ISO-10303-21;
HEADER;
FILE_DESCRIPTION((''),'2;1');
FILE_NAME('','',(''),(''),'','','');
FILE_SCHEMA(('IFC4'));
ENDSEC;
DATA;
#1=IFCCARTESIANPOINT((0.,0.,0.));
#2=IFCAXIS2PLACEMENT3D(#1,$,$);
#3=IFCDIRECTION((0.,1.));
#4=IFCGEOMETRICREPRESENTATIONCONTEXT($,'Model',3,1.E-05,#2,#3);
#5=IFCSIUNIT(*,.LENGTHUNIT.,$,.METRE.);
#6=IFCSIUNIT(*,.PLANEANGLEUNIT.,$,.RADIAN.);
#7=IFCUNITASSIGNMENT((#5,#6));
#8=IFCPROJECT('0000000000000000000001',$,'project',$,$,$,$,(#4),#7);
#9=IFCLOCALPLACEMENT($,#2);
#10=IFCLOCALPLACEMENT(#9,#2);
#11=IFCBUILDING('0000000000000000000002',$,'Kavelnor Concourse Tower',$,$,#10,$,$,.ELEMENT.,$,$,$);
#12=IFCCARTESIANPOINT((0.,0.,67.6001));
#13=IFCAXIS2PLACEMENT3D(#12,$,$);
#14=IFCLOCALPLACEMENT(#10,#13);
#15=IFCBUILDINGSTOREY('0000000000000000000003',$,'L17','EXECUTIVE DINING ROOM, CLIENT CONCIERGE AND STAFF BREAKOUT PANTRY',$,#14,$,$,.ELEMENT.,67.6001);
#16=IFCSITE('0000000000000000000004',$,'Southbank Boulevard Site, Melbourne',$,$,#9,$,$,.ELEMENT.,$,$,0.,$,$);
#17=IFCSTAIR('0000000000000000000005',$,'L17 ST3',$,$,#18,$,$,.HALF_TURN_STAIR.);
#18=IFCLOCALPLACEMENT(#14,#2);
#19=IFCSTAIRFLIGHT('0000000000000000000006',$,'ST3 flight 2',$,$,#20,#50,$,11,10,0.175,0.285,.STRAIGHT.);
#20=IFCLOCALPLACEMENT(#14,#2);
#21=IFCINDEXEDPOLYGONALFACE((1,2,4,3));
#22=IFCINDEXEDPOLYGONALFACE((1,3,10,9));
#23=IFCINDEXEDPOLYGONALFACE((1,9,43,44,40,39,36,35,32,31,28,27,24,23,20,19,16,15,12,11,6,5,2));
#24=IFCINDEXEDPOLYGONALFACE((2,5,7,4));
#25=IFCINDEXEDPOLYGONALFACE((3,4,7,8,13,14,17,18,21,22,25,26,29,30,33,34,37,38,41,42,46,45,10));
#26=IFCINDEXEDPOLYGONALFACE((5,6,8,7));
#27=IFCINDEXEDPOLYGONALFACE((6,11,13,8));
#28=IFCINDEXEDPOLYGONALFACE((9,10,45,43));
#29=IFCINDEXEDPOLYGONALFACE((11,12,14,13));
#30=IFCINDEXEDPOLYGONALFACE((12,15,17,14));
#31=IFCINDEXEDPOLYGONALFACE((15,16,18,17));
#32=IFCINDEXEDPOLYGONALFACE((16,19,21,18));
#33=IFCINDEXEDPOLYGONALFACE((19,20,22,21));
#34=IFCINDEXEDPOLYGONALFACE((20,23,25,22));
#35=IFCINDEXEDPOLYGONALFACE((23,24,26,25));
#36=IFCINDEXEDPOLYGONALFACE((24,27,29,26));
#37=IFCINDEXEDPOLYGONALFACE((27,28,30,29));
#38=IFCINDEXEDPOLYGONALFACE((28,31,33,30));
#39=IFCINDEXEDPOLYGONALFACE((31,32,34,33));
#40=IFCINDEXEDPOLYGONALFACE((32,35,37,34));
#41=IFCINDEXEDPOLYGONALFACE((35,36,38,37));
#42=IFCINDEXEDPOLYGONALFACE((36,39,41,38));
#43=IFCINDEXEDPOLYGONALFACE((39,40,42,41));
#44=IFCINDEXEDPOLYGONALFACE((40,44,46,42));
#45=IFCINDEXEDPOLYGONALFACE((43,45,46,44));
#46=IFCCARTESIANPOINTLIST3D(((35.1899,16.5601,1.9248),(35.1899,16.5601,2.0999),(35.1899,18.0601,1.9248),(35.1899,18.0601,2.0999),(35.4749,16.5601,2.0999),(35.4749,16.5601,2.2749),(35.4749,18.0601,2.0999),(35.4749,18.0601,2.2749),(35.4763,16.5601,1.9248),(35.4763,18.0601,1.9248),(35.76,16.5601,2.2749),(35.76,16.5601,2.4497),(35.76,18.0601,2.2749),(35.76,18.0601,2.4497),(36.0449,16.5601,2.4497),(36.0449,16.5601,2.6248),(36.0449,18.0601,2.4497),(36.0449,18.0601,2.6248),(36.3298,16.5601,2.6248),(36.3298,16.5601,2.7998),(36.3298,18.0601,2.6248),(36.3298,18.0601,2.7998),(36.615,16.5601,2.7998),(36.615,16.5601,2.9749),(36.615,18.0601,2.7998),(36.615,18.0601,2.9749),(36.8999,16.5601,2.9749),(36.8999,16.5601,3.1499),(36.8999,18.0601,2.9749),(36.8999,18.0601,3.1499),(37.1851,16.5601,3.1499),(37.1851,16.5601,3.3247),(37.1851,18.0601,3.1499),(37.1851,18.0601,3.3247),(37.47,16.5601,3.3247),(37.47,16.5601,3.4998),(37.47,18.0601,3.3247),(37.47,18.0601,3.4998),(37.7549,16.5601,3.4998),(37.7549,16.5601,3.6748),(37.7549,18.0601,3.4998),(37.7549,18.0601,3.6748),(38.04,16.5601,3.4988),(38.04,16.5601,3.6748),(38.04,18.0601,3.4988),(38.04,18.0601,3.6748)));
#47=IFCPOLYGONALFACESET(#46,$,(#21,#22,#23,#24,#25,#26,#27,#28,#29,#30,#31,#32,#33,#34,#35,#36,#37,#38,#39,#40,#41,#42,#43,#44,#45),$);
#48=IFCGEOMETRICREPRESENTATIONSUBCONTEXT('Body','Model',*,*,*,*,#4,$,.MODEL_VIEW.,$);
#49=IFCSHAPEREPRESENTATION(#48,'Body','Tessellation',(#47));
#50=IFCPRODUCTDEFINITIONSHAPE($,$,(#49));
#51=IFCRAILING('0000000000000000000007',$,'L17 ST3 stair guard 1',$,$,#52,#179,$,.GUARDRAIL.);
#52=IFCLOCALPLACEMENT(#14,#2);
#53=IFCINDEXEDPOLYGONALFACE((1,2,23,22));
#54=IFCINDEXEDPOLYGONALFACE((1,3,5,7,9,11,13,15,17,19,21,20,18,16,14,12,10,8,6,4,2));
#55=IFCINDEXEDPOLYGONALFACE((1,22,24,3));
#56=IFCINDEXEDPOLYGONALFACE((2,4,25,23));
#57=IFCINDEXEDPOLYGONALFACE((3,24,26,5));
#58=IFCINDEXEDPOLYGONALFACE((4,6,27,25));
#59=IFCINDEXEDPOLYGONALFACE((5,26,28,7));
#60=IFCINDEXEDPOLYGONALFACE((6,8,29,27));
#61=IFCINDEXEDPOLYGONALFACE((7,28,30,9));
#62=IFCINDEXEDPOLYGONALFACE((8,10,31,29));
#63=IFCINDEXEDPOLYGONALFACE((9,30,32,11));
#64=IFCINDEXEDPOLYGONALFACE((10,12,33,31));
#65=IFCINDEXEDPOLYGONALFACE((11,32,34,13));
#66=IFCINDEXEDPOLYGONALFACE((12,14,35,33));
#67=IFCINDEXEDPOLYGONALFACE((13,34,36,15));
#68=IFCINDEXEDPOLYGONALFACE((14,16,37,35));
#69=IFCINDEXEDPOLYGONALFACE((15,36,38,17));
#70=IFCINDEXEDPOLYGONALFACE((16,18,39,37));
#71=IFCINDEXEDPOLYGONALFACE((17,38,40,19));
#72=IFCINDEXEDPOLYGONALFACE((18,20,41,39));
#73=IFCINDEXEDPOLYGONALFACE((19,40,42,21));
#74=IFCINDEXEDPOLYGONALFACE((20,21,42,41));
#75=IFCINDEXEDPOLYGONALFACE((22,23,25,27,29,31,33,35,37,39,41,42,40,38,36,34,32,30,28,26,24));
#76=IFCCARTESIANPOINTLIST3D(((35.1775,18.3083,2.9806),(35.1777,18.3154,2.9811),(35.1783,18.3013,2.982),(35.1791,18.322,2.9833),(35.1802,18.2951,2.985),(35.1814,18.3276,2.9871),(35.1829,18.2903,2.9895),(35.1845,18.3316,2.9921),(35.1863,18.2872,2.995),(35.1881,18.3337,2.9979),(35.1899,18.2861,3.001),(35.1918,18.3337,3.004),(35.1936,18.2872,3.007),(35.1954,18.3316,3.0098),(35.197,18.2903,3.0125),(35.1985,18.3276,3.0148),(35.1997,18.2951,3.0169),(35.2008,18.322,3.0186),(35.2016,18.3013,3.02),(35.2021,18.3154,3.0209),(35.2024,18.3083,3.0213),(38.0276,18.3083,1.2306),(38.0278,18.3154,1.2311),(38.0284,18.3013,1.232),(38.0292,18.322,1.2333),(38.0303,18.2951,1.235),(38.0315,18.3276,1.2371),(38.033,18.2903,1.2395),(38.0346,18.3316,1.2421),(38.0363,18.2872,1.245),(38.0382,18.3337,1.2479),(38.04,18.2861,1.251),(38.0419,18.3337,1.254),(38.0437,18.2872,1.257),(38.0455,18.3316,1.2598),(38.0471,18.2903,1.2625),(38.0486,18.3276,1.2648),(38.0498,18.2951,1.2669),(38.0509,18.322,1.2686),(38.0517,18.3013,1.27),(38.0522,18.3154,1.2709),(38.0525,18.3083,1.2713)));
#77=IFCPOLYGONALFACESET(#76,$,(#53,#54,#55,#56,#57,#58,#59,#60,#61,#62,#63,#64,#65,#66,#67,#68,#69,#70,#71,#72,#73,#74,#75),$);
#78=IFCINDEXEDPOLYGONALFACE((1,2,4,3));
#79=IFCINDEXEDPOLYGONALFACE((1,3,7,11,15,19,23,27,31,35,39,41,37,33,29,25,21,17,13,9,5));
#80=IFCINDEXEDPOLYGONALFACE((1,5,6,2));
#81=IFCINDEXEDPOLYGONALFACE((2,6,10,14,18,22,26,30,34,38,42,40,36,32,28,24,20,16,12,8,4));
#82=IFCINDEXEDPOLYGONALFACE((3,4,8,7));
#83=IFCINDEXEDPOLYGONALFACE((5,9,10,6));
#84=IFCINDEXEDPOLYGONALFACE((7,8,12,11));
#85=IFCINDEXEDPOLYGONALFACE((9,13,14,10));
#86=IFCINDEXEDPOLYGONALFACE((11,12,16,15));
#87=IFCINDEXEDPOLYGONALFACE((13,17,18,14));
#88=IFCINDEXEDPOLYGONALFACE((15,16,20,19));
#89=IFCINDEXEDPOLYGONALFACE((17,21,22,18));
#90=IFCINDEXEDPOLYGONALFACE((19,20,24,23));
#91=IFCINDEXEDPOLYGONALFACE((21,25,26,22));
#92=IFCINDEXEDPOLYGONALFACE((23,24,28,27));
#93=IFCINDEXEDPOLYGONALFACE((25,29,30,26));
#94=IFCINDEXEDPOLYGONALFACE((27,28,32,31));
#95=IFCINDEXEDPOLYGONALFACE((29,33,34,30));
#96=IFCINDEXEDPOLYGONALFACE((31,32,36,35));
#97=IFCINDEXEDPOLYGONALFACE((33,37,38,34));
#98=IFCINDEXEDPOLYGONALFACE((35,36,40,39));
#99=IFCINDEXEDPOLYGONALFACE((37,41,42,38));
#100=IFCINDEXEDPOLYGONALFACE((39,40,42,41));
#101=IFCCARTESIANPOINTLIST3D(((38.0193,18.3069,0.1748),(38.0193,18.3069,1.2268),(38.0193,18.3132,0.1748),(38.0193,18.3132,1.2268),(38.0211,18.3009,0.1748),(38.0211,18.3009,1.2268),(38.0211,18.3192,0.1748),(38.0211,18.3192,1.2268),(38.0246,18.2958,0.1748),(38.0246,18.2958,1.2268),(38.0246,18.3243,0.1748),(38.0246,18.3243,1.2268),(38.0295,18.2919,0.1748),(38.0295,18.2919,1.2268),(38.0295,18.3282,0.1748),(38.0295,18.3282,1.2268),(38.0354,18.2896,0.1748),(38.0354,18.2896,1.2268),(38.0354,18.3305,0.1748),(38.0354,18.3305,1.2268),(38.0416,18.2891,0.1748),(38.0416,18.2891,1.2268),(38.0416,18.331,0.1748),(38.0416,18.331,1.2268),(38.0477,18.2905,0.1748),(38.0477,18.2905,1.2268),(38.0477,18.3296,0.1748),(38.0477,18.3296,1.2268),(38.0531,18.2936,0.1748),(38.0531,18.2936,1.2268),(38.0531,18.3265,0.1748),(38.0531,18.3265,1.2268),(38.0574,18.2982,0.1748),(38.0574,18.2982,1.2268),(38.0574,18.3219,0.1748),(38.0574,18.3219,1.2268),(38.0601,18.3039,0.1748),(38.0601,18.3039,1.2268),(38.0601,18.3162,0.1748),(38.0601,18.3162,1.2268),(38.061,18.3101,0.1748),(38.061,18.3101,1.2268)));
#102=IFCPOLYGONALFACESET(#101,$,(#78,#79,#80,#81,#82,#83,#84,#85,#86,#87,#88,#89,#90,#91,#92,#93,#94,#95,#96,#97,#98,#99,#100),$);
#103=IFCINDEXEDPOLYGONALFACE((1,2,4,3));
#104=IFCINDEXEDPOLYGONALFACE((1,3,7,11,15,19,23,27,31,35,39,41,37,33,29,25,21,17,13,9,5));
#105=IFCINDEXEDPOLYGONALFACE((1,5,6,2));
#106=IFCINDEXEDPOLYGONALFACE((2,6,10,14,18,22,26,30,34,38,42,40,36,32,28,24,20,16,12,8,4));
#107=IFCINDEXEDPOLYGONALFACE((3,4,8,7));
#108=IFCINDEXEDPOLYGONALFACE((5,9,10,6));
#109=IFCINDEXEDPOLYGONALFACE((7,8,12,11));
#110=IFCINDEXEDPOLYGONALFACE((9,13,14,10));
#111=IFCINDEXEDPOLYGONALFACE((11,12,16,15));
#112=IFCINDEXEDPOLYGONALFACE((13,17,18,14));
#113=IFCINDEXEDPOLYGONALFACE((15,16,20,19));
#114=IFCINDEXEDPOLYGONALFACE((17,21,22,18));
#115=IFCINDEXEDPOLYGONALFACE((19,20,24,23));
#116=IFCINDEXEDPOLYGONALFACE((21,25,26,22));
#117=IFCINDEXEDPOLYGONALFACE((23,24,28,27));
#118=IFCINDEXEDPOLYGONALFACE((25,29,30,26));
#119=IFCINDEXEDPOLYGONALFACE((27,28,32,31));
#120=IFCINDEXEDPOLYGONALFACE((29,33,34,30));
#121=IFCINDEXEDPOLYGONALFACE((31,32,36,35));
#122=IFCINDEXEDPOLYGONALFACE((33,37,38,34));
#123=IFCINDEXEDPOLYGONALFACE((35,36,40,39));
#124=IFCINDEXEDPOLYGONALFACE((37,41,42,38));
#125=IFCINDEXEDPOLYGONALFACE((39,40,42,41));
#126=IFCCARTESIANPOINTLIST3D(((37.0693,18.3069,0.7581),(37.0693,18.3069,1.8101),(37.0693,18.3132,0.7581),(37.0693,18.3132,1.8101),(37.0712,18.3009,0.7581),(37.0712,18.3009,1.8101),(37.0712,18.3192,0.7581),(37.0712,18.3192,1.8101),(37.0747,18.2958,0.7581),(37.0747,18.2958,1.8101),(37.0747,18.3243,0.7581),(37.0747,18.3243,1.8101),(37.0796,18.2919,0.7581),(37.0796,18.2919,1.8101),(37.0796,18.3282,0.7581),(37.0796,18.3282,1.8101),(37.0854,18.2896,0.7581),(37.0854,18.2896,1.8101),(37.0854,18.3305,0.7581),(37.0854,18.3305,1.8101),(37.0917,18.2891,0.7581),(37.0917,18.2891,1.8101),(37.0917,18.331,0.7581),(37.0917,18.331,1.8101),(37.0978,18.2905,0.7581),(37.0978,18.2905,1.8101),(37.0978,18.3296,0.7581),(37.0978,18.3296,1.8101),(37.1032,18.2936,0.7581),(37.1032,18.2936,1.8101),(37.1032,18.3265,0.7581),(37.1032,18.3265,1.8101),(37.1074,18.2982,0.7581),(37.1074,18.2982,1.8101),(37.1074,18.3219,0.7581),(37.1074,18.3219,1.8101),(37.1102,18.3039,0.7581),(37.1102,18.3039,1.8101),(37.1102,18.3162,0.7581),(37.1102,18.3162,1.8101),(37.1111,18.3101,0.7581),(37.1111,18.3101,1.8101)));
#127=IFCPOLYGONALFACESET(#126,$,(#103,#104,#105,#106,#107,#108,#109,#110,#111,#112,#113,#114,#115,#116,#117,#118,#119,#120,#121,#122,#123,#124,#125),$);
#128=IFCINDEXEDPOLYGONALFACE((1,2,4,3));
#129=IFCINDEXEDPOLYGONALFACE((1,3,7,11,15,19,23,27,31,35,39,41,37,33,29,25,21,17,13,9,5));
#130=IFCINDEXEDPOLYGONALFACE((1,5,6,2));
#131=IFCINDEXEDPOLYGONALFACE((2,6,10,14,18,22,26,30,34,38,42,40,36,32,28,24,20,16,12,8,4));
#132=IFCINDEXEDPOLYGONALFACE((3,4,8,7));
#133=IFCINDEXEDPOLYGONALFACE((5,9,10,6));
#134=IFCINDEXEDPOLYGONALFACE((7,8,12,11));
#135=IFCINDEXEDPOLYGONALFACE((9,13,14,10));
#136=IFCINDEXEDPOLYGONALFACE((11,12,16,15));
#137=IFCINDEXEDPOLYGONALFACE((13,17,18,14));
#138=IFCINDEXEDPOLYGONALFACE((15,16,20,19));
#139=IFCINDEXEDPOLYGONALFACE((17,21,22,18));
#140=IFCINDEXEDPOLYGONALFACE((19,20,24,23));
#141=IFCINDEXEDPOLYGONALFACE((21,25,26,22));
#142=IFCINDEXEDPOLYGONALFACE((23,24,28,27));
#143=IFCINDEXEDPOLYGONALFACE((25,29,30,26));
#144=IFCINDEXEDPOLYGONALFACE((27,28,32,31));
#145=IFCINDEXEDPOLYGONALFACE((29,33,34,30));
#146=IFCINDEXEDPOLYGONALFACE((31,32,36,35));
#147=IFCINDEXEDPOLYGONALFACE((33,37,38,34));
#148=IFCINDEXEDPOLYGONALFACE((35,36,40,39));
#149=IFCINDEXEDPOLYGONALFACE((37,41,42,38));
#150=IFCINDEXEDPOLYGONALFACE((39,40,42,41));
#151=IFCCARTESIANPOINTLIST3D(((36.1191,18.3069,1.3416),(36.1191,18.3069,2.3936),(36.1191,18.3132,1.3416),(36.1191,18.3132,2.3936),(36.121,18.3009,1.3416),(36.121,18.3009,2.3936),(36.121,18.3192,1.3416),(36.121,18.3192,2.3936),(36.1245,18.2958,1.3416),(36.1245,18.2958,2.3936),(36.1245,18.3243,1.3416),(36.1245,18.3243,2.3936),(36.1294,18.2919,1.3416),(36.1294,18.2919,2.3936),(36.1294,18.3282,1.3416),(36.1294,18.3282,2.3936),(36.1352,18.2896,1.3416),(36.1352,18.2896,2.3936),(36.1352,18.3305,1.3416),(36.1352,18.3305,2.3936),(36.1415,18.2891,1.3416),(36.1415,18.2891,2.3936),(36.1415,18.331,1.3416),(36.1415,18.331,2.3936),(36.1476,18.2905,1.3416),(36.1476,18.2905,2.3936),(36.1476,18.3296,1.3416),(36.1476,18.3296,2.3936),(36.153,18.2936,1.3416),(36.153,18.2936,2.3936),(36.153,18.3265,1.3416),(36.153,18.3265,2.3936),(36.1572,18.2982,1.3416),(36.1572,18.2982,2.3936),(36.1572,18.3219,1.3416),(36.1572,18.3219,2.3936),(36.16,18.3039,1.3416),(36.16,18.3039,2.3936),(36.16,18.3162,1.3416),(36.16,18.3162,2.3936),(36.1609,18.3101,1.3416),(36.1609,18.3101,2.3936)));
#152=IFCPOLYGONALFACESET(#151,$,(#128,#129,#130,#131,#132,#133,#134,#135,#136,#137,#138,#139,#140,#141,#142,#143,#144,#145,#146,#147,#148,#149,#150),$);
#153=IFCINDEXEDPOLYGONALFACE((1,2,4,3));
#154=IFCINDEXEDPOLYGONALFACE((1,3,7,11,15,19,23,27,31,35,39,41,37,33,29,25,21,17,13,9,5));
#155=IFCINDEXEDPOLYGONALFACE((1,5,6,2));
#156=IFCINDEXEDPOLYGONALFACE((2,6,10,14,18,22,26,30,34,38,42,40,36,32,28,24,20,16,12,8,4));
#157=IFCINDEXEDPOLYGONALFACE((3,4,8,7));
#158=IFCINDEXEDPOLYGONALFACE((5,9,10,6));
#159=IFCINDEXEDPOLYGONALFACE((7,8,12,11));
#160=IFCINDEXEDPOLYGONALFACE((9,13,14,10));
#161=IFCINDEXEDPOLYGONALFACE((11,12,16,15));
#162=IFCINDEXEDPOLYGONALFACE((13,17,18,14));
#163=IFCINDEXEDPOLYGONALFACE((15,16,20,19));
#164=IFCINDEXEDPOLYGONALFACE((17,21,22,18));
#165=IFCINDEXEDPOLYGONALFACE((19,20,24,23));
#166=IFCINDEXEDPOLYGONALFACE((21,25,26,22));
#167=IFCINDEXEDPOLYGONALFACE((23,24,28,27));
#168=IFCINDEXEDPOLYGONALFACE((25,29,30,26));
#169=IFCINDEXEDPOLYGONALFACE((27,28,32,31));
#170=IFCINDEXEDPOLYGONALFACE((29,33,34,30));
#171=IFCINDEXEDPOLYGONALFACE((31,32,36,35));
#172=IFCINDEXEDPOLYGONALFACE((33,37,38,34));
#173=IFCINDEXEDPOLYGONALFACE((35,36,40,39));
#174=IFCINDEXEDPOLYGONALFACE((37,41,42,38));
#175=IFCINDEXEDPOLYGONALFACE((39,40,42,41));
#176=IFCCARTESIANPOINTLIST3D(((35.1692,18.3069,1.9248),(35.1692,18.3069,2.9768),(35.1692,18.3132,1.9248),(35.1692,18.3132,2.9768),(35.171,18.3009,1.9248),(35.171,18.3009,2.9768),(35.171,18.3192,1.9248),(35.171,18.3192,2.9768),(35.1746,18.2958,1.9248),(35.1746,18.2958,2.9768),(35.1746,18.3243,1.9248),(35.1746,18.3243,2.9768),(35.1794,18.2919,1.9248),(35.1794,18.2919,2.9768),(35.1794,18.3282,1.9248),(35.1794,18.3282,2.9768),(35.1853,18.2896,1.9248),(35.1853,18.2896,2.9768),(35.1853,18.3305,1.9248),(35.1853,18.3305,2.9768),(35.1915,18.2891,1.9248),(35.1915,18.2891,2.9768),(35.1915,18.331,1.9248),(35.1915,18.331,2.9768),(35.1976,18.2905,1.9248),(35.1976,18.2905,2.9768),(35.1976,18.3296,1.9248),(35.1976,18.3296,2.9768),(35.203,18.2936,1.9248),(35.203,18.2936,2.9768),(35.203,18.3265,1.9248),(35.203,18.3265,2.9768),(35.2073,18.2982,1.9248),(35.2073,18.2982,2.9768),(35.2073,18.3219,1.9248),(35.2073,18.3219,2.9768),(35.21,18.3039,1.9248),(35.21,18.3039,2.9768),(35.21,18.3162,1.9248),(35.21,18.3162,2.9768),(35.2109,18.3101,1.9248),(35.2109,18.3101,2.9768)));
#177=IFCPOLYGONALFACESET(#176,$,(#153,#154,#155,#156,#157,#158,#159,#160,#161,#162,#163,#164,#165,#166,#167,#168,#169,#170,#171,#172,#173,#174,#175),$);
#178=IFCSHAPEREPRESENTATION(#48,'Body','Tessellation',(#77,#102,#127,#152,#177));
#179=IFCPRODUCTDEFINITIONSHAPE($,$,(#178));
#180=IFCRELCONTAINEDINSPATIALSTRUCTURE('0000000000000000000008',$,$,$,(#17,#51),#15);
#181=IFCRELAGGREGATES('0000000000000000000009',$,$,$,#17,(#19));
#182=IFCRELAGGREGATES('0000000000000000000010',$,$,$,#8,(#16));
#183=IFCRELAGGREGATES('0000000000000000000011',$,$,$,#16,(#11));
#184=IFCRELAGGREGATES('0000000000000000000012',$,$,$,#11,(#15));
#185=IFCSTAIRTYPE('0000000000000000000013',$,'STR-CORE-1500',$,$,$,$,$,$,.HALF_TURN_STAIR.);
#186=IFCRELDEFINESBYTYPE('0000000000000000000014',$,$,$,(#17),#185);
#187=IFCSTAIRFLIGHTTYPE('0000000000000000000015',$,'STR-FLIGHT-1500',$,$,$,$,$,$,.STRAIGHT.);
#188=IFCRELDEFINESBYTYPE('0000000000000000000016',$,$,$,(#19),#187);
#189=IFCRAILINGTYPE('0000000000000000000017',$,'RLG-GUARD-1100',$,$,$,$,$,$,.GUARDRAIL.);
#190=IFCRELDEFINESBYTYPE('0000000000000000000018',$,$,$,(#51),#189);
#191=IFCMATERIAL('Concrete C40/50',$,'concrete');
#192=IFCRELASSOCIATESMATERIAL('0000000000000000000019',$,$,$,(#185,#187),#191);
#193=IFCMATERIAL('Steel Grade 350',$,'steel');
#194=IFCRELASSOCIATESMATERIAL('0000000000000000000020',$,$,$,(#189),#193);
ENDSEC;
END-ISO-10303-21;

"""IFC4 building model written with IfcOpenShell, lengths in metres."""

from ifc_helpers import new_model, si_unit, direction, frame, origin, origin_2d, place, context, subcontext, project, spatial, polyline, circle, outline, extrude, material, type_object, element, aggregate, save


model = new_model("IFC4")

# Units and contexts
model_context = context("Model", 3, precision=1e-05, world=origin(), true_north=direction((0.0, 1.0)))
body_context = subcontext(model_context, "Body", "Model", "MODEL_VIEW")
ifc_project = project(units=[si_unit("LENGTHUNIT", "METRE"), si_unit("PLANEANGLEUNIT", "RADIAN")], contexts=[model_context])

# Site, building, storey
site_placement = place(None, origin())
site = spatial("IfcSite", under=ifc_project, at=site_placement, Name="Southbank Boulevard Site, Melbourne", CompositionType="ELEMENT", RefElevation=0.0)
building_placement = place(site_placement, origin())
building = spatial("IfcBuilding", under=site, at=building_placement, Name="Kavelnor Concourse Tower", CompositionType="ELEMENT")
storey_placement = place(building_placement, frame((0.0, 0.0, 67.6001)))
storey = spatial("IfcBuildingStorey", under=building, at=storey_placement, Name="L17", Description="EXECUTIVE DINING ROOM, CLIENT CONCIERGE AND STAFF BREAKOUT PANTRY", CompositionType="ELEMENT", Elevation=67.6001)

# Shared definitions
ifc_material_1 = material(Name="Steel Grade 350", Category="steel")

# Stair, stair flight
ifc_material_2 = material(Name="Concrete C40/50", Category="concrete")
stair_type = type_object("IfcStairType", Name="STR-CORE-1500", PredefinedType="HALF_TURN_STAIR", material=ifc_material_2)
stair_placement = place(storey_placement, origin())
stair = element("IfcStair", 1, at=stair_placement, inside=storey, type_object=stair_type, Name="L17 ST3", PredefinedType="HALF_TURN_STAIR")
stair_flight_type = type_object("IfcStairFlightType", Name="STR-FLIGHT-1500", PredefinedType="STRAIGHT", material=ifc_material_2)
stair_flight_1_placement = place(storey_placement, frame((35.1899, 17.3101, 1.9248), z_axis=(0.0, 0.0, 1.0), x_axis=(1.0, 0.0, 0.0)))
stair_flight_1 = element("IfcStairFlight", 2, at=stair_flight_1_placement, type_object=stair_flight_type, Name="ST3 flight 2", NumberOfRisers=11, NumberOfTreads=10, PredefinedType="STRAIGHT", RiserHeight=0.175, TreadLength=0.285, context=body_context, shape_type="SweptSolid", body=[
    extrude(outline(polyline([(0.0, 0.0), (0.0, 0.175), (0.2849, 0.175), (0.2849, 0.3501), (0.5701, 0.3501), (0.5701, 0.5249), (0.855, 0.5249), (0.855, 0.7), (1.1399, 0.7), (1.1399, 0.875), (1.425, 0.875), (1.425, 1.05), (1.71, 1.05), (1.71, 1.2251), (1.9951, 1.2251), (1.9951, 1.3999), (2.28, 1.3999), (2.28, 1.575), (2.5649, 1.575), (2.5649, 1.75), (2.8501, 1.75), (2.8501, 1.925), (2.8501, 1.574), (0.2864, 0.0), (0.0, 0.0)])), frame((0.0, 0.75, 0.0), z_axis=(0.0, -1.0, 0.0), x_axis=(1.0, 0.0, 0.0)), (0.0, 0.0, 1.0), 1.5),
])
aggregate(stair, [stair_flight_1])

# Railing
railing_type_1 = type_object("IfcRailingType", Name="RLG-GUARD-1100", PredefinedType="GUARDRAIL", material=ifc_material_1)
railing_1_placement = place(storey_placement, frame((38.04, 18.3101, 0.1748)))
element("IfcRailing", 3, at=railing_1_placement, inside=storey, type_object=railing_type_1, Name="L17 ST3 stair guard 1", PredefinedType="GUARDRAIL", context=body_context, shape_type="SweptSolid", body=[
    extrude(circle(Radius=0.0239, at=origin_2d()), frame((0.0, 0.0, 1.0762), z_axis=(-0.852179, 0.0, 0.52325), x_axis=(0.0, -1.0, 0.0)), (0.0, 0.0, 1.0), 3.3445),
    extrude(circle(Radius=0.021, at=origin_2d()), origin(), (0.0, 0.0, 1.0), 1.052),
    extrude(circle(Radius=0.021, at=origin_2d()), frame((-0.95, 0.0, 0.5833)), (0.0, 0.0, 1.0), 1.052),
    extrude(circle(Radius=0.021, at=origin_2d()), frame((-1.9001, 0.0, 1.1667)), (0.0, 0.0, 1.0), 1.052),
    extrude(circle(Radius=0.021, at=origin_2d()), frame((-2.8501, 0.0, 1.75)), (0.0, 0.0, 1.0), 1.052),
])

save(model, "model.ifc")
